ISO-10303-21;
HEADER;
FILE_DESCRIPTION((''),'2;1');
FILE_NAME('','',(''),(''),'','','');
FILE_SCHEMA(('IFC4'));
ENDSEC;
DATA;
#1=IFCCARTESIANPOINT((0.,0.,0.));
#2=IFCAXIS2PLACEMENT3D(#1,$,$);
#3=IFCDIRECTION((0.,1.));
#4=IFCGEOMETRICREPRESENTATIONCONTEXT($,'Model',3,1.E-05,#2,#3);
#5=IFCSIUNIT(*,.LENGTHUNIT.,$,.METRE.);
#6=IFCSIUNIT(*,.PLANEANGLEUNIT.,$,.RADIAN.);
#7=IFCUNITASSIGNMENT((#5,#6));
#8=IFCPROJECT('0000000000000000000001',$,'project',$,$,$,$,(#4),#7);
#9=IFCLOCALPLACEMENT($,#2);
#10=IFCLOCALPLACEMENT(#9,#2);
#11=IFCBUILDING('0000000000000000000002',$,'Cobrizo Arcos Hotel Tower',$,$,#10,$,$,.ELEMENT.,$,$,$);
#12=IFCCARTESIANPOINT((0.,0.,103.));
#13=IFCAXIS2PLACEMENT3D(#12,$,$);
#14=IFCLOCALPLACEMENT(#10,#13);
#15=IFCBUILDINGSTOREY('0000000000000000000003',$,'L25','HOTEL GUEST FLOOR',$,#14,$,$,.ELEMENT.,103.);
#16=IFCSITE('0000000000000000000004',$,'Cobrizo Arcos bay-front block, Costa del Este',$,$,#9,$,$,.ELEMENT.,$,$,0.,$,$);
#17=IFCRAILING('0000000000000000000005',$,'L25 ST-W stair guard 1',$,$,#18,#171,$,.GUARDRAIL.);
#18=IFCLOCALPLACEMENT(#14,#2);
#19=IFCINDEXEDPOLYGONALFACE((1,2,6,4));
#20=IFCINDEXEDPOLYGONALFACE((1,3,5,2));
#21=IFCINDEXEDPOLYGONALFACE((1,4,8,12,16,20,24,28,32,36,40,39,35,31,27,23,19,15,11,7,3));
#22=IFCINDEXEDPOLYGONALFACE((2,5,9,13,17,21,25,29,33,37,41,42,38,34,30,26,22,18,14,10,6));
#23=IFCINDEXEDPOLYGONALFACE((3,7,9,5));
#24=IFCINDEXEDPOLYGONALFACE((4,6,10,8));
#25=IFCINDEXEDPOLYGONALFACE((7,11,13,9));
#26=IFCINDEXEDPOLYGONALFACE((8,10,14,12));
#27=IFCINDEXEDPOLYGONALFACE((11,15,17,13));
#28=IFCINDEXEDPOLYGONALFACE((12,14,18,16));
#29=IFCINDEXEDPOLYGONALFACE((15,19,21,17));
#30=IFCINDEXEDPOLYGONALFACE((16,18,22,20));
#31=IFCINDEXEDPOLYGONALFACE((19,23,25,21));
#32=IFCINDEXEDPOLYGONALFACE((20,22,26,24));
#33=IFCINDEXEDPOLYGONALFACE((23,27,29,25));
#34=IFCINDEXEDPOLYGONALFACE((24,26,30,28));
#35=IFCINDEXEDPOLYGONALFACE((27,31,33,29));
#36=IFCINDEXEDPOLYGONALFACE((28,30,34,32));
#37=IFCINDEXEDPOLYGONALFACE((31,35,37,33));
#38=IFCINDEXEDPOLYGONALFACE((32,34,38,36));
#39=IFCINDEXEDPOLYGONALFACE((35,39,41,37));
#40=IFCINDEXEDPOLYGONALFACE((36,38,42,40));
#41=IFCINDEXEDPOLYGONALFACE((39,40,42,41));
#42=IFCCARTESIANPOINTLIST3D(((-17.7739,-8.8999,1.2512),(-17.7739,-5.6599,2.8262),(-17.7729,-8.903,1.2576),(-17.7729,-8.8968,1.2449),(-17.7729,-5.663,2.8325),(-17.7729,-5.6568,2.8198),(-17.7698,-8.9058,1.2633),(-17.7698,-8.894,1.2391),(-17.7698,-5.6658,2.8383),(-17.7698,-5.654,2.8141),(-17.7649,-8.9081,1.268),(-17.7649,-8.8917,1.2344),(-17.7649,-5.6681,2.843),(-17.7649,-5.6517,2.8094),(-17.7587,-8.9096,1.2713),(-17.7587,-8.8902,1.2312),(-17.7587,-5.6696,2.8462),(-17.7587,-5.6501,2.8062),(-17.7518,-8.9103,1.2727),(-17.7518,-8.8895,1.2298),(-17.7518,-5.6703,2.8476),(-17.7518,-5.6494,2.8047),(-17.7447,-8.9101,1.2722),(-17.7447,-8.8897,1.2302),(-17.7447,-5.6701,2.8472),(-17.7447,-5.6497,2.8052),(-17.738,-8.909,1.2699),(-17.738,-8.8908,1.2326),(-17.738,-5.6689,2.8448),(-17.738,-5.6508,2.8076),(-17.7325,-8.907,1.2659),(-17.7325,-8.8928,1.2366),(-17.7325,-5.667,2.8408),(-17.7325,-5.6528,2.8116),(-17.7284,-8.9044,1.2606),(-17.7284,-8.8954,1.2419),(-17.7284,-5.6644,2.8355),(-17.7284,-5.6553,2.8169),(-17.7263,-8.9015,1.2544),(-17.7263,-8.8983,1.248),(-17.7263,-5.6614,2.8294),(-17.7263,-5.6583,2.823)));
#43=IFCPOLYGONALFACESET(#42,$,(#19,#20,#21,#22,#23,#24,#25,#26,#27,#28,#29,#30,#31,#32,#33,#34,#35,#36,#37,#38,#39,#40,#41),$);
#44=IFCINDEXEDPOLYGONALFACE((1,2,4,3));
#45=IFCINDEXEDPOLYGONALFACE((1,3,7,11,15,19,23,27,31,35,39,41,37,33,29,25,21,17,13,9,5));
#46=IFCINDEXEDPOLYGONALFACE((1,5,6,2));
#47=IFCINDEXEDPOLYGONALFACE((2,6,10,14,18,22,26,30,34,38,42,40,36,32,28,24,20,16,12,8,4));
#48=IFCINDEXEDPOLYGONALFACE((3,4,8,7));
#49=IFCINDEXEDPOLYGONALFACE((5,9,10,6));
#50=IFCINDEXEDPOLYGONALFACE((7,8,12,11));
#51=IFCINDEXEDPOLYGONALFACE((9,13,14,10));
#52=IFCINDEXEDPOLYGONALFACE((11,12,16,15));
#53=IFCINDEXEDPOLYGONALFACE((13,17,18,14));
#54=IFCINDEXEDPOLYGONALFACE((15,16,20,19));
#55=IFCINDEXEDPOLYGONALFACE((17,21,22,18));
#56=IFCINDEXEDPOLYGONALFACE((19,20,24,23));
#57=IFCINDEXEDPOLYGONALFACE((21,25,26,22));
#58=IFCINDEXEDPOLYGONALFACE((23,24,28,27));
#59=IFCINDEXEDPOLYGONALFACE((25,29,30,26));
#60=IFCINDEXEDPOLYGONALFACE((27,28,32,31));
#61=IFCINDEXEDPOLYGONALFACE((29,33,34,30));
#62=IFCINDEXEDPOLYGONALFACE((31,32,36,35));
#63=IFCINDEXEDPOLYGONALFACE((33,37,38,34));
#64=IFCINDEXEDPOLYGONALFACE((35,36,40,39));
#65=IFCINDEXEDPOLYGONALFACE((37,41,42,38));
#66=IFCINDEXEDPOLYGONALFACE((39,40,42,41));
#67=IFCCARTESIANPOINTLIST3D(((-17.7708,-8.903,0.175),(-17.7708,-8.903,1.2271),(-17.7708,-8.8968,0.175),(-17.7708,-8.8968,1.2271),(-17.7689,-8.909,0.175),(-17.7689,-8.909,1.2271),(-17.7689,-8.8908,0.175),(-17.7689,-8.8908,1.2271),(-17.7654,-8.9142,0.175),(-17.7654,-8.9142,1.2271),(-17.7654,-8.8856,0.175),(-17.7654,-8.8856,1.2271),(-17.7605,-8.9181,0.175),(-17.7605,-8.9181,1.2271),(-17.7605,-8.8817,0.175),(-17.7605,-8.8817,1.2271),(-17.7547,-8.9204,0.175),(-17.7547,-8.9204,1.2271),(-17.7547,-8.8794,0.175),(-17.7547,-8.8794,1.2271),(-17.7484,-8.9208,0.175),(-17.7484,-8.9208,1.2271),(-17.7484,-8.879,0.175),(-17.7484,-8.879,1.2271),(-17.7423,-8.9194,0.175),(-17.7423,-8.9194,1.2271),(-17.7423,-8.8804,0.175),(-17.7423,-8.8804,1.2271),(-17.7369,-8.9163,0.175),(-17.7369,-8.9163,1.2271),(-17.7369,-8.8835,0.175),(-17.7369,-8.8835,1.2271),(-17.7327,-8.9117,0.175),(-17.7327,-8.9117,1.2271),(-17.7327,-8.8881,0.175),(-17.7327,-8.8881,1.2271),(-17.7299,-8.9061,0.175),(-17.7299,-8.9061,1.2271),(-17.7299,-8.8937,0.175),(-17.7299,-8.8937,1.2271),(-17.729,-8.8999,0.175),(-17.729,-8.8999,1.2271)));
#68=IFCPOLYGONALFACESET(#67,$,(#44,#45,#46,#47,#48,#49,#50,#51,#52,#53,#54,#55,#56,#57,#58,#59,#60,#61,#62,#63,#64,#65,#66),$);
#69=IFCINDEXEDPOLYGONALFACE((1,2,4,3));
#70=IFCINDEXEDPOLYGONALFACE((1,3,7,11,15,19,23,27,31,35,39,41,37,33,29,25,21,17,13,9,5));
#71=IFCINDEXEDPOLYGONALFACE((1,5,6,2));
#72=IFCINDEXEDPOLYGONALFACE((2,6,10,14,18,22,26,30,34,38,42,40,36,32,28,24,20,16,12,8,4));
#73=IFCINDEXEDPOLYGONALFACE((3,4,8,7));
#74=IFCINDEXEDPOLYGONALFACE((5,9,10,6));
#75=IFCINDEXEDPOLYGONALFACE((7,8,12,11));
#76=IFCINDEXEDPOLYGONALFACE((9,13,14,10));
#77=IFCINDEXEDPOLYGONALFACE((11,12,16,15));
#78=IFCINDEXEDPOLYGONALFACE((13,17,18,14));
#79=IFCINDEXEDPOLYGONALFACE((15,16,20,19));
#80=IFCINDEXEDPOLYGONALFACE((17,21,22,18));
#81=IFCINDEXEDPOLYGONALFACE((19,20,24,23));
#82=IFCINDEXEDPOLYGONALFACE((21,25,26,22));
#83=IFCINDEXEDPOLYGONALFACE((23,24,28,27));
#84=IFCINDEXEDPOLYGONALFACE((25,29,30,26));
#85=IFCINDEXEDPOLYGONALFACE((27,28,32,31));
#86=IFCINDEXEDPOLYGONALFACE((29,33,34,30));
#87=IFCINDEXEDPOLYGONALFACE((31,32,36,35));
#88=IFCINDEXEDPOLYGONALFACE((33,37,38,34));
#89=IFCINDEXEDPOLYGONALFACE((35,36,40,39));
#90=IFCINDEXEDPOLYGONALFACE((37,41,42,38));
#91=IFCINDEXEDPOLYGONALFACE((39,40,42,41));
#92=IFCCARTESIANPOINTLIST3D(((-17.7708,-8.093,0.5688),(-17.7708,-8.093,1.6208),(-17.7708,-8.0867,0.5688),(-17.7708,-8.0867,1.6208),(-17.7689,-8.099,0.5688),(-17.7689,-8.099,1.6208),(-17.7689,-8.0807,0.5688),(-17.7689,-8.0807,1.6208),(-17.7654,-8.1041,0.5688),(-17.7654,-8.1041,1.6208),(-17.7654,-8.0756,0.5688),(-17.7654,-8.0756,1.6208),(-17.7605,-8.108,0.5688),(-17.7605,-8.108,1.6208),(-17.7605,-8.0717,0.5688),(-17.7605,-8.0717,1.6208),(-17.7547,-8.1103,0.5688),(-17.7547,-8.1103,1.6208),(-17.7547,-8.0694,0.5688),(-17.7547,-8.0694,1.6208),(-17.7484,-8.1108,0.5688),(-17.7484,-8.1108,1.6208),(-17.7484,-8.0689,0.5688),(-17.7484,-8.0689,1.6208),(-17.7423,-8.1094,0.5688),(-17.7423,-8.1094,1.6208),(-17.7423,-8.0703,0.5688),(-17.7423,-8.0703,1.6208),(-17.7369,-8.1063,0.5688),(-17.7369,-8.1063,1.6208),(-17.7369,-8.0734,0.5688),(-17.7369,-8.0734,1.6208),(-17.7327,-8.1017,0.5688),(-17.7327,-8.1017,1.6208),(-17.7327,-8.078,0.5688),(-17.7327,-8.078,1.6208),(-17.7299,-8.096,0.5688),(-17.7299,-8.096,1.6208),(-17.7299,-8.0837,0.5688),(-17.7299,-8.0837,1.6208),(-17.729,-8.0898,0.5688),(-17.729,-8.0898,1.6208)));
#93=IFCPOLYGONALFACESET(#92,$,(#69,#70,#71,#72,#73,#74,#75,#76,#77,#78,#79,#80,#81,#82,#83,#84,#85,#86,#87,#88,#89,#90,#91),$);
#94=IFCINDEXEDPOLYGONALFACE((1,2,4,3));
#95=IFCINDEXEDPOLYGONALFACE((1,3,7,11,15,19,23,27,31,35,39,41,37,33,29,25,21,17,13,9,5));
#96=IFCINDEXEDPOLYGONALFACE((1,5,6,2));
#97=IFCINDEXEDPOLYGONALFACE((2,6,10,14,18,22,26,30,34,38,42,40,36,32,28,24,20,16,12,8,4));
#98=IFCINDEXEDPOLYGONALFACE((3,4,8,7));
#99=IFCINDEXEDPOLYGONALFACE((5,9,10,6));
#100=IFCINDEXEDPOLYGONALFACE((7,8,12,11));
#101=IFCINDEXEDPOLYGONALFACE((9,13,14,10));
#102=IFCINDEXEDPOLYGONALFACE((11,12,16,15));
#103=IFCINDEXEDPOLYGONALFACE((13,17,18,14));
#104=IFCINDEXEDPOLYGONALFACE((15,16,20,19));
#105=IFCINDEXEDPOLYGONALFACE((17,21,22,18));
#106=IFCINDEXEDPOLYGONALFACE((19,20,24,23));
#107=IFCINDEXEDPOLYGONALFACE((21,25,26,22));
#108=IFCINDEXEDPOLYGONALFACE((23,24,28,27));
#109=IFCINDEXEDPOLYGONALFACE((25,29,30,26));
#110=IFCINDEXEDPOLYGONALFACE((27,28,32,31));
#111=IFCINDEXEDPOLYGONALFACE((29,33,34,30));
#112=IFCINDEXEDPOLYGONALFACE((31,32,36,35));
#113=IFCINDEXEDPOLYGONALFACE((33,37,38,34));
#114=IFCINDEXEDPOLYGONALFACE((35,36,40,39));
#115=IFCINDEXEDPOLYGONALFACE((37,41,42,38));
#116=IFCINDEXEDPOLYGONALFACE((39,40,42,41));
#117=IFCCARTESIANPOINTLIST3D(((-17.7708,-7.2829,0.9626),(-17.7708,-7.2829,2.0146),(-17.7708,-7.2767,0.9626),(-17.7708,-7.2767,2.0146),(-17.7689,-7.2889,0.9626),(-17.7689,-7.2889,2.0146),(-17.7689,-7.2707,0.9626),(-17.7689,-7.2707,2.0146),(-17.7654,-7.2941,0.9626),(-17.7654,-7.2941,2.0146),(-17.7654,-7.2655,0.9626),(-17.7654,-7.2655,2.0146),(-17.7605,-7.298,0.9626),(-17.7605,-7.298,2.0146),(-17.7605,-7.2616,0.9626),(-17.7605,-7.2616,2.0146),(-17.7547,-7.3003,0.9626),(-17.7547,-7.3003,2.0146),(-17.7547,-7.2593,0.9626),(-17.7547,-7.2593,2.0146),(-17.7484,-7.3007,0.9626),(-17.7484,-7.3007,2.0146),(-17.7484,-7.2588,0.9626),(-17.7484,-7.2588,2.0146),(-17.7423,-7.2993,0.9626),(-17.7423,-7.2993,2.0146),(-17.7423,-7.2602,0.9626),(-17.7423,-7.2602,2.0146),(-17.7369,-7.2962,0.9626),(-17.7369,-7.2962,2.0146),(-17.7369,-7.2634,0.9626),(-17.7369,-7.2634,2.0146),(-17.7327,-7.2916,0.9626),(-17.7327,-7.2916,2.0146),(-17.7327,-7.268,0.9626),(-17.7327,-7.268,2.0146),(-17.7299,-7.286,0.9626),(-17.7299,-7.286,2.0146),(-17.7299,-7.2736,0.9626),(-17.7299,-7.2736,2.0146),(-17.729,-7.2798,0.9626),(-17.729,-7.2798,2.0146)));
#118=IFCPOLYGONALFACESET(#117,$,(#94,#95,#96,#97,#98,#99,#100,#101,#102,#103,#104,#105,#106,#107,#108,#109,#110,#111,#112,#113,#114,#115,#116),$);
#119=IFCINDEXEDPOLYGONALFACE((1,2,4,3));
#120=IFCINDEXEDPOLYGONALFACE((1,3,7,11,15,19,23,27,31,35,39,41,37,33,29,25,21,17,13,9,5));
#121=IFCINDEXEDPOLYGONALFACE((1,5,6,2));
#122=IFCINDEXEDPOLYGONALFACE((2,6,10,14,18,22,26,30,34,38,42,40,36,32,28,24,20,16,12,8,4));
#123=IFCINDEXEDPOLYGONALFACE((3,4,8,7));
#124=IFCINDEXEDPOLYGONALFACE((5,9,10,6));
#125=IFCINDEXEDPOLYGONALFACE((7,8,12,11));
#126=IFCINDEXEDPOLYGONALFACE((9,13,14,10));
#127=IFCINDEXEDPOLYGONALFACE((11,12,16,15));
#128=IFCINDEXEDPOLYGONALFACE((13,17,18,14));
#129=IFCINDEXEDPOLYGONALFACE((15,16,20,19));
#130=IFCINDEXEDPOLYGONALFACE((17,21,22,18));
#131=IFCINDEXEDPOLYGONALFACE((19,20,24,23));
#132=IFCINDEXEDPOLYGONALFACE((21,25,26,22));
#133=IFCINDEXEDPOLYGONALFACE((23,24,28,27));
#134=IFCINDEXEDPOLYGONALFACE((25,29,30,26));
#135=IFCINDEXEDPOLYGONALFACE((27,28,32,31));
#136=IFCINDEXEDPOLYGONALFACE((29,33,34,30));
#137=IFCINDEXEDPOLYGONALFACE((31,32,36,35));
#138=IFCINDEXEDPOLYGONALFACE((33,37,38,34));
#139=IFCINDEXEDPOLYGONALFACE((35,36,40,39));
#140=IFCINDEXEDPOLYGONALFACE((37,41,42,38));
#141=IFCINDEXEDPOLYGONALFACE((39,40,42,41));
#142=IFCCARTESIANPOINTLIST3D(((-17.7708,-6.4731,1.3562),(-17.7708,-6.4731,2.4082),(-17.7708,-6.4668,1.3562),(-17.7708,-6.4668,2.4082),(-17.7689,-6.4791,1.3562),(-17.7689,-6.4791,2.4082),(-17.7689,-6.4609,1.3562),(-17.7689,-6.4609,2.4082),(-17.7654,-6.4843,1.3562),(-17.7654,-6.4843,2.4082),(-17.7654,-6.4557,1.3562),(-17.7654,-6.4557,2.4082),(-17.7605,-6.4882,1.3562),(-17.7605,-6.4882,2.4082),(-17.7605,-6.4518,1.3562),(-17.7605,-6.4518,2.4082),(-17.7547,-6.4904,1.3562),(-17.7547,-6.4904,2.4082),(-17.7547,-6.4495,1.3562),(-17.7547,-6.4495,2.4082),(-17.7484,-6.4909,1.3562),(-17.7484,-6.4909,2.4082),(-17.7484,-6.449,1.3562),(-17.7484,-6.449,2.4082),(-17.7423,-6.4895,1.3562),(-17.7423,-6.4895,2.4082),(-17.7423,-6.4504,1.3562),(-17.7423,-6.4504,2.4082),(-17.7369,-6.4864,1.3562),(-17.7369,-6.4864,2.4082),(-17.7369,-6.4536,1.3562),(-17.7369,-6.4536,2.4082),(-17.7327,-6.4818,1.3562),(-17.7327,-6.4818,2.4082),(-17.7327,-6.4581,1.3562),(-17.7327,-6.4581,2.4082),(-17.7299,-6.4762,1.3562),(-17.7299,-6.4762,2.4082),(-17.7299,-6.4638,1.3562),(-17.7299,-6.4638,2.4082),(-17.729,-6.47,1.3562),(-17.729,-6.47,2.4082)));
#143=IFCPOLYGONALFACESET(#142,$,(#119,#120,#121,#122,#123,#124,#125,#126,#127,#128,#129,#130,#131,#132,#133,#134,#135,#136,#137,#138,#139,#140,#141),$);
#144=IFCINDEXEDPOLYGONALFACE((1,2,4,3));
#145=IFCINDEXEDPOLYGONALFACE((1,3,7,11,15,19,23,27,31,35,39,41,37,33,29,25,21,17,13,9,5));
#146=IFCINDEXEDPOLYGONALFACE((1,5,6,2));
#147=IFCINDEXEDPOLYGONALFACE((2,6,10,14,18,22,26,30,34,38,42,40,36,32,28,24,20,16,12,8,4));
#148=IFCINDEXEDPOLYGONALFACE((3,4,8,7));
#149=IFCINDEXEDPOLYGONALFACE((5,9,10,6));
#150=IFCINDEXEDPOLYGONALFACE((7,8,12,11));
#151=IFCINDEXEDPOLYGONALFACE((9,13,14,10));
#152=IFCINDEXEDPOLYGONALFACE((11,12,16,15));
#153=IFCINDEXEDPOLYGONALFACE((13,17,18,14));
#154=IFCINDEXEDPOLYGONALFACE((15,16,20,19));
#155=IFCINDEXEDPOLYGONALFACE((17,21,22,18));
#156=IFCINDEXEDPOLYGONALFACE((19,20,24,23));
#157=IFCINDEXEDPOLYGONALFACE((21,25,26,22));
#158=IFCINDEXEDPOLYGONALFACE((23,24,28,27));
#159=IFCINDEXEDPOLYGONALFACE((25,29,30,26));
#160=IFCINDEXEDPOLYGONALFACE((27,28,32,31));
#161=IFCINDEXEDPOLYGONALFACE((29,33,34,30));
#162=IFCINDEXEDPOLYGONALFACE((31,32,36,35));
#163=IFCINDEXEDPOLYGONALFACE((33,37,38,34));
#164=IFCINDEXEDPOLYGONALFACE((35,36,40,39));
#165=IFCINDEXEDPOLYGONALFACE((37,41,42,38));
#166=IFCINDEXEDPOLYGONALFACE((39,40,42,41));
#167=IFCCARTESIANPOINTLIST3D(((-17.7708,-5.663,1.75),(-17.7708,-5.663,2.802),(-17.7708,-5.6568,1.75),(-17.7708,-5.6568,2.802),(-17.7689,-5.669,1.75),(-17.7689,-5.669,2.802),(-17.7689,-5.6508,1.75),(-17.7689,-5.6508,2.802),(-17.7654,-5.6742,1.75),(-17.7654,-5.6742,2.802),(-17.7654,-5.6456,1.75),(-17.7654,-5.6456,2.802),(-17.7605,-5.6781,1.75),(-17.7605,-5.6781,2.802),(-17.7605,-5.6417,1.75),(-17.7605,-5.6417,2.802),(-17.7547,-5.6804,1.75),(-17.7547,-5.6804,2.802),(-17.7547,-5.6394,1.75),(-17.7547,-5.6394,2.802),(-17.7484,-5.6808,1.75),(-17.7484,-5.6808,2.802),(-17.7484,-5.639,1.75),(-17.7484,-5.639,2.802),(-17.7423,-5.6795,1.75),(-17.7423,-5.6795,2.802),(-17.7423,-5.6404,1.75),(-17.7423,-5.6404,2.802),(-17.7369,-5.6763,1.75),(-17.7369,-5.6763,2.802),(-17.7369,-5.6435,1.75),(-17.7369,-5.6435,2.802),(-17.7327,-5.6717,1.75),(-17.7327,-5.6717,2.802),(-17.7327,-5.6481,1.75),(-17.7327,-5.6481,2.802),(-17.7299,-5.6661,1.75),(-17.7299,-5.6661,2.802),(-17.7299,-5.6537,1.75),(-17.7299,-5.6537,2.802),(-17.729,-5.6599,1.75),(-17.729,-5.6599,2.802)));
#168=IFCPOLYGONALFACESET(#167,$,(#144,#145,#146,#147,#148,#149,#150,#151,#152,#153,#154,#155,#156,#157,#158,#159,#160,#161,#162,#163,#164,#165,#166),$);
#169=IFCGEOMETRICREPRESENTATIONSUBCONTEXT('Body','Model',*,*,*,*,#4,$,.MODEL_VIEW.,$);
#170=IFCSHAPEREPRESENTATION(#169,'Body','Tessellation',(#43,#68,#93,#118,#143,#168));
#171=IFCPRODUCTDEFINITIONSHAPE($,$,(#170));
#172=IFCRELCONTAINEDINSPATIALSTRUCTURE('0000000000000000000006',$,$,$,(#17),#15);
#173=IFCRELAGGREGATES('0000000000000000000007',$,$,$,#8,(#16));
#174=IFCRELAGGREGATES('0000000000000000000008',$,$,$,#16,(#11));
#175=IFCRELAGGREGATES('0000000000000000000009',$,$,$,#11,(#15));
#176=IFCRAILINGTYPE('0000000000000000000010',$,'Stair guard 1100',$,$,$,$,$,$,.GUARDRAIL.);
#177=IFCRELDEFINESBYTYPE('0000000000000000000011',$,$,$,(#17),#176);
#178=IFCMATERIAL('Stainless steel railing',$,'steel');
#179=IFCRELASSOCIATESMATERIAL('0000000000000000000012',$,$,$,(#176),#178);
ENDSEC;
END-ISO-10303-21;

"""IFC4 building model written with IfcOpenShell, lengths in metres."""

from ifc_helpers import new_model, si_unit, direction, frame, origin, origin_2d, place, context, subcontext, project, spatial, circle, extrude, material, type_object, element, save


model = new_model("IFC4")

# Units and contexts
model_context = context("Model", 3, precision=1e-05, world=origin(), true_north=direction((0.0, 1.0)))
body_context = subcontext(model_context, "Body", "Model", "MODEL_VIEW")
ifc_project = project(units=[si_unit("LENGTHUNIT", "METRE"), si_unit("PLANEANGLEUNIT", "RADIAN")], contexts=[model_context])

# Site, building, storey
site_placement = place(None, origin())
site = spatial("IfcSite", under=ifc_project, at=site_placement, Name="Cobrizo Arcos bay-front block, Costa del Este", CompositionType="ELEMENT", RefElevation=0.0)
building_placement = place(site_placement, origin())
building = spatial("IfcBuilding", under=site, at=building_placement, Name="Cobrizo Arcos Hotel Tower", CompositionType="ELEMENT")
storey_placement = place(building_placement, frame((0.0, 0.0, 103.0)))
storey = spatial("IfcBuildingStorey", under=building, at=storey_placement, Name="L25", Description="HOTEL GUEST FLOOR", CompositionType="ELEMENT", Elevation=103.0)

# Railing
ifc_material_1 = material(Name="Stainless steel railing", Category="steel")
railing_type_1 = type_object("IfcRailingType", Name="Stair guard 1100", PredefinedType="GUARDRAIL", material=ifc_material_1)
railing_1_placement = place(storey_placement, frame((-17.75, -8.8999, 0.175)))
element("IfcRailing", 1, at=railing_1_placement, inside=storey, type_object=railing_type_1, Name="L25 ST-W stair guard 1", PredefinedType="GUARDRAIL", context=body_context, shape_type="SweptSolid", body=[
    extrude(circle(Radius=0.0239, at=origin_2d()), frame((0.0, 0.0, 1.0762), z_axis=(0.0, 0.899373, 0.437183), x_axis=(-1.0, 0.0, 0.0)), (0.0, 0.0, 1.0), 3.6025),
    extrude(circle(Radius=0.021, at=origin_2d()), origin(), (0.0, 0.0, 1.0), 1.052),
    extrude(circle(Radius=0.021, at=origin_2d()), frame((0.0, 0.8101, 0.3938)), (0.0, 0.0, 1.0), 1.052),
    extrude(circle(Radius=0.021, at=origin_2d()), frame((0.0, 1.6201, 0.7876)), (0.0, 0.0, 1.0), 1.052),
    extrude(circle(Radius=0.021, at=origin_2d()), frame((0.0, 2.4299, 1.1812)), (0.0, 0.0, 1.0), 1.052),
    extrude(circle(Radius=0.021, at=origin_2d()), frame((0.0, 3.24, 1.575)), (0.0, 0.0, 1.0), 1.052),
])

save(model, "model.ifc")
